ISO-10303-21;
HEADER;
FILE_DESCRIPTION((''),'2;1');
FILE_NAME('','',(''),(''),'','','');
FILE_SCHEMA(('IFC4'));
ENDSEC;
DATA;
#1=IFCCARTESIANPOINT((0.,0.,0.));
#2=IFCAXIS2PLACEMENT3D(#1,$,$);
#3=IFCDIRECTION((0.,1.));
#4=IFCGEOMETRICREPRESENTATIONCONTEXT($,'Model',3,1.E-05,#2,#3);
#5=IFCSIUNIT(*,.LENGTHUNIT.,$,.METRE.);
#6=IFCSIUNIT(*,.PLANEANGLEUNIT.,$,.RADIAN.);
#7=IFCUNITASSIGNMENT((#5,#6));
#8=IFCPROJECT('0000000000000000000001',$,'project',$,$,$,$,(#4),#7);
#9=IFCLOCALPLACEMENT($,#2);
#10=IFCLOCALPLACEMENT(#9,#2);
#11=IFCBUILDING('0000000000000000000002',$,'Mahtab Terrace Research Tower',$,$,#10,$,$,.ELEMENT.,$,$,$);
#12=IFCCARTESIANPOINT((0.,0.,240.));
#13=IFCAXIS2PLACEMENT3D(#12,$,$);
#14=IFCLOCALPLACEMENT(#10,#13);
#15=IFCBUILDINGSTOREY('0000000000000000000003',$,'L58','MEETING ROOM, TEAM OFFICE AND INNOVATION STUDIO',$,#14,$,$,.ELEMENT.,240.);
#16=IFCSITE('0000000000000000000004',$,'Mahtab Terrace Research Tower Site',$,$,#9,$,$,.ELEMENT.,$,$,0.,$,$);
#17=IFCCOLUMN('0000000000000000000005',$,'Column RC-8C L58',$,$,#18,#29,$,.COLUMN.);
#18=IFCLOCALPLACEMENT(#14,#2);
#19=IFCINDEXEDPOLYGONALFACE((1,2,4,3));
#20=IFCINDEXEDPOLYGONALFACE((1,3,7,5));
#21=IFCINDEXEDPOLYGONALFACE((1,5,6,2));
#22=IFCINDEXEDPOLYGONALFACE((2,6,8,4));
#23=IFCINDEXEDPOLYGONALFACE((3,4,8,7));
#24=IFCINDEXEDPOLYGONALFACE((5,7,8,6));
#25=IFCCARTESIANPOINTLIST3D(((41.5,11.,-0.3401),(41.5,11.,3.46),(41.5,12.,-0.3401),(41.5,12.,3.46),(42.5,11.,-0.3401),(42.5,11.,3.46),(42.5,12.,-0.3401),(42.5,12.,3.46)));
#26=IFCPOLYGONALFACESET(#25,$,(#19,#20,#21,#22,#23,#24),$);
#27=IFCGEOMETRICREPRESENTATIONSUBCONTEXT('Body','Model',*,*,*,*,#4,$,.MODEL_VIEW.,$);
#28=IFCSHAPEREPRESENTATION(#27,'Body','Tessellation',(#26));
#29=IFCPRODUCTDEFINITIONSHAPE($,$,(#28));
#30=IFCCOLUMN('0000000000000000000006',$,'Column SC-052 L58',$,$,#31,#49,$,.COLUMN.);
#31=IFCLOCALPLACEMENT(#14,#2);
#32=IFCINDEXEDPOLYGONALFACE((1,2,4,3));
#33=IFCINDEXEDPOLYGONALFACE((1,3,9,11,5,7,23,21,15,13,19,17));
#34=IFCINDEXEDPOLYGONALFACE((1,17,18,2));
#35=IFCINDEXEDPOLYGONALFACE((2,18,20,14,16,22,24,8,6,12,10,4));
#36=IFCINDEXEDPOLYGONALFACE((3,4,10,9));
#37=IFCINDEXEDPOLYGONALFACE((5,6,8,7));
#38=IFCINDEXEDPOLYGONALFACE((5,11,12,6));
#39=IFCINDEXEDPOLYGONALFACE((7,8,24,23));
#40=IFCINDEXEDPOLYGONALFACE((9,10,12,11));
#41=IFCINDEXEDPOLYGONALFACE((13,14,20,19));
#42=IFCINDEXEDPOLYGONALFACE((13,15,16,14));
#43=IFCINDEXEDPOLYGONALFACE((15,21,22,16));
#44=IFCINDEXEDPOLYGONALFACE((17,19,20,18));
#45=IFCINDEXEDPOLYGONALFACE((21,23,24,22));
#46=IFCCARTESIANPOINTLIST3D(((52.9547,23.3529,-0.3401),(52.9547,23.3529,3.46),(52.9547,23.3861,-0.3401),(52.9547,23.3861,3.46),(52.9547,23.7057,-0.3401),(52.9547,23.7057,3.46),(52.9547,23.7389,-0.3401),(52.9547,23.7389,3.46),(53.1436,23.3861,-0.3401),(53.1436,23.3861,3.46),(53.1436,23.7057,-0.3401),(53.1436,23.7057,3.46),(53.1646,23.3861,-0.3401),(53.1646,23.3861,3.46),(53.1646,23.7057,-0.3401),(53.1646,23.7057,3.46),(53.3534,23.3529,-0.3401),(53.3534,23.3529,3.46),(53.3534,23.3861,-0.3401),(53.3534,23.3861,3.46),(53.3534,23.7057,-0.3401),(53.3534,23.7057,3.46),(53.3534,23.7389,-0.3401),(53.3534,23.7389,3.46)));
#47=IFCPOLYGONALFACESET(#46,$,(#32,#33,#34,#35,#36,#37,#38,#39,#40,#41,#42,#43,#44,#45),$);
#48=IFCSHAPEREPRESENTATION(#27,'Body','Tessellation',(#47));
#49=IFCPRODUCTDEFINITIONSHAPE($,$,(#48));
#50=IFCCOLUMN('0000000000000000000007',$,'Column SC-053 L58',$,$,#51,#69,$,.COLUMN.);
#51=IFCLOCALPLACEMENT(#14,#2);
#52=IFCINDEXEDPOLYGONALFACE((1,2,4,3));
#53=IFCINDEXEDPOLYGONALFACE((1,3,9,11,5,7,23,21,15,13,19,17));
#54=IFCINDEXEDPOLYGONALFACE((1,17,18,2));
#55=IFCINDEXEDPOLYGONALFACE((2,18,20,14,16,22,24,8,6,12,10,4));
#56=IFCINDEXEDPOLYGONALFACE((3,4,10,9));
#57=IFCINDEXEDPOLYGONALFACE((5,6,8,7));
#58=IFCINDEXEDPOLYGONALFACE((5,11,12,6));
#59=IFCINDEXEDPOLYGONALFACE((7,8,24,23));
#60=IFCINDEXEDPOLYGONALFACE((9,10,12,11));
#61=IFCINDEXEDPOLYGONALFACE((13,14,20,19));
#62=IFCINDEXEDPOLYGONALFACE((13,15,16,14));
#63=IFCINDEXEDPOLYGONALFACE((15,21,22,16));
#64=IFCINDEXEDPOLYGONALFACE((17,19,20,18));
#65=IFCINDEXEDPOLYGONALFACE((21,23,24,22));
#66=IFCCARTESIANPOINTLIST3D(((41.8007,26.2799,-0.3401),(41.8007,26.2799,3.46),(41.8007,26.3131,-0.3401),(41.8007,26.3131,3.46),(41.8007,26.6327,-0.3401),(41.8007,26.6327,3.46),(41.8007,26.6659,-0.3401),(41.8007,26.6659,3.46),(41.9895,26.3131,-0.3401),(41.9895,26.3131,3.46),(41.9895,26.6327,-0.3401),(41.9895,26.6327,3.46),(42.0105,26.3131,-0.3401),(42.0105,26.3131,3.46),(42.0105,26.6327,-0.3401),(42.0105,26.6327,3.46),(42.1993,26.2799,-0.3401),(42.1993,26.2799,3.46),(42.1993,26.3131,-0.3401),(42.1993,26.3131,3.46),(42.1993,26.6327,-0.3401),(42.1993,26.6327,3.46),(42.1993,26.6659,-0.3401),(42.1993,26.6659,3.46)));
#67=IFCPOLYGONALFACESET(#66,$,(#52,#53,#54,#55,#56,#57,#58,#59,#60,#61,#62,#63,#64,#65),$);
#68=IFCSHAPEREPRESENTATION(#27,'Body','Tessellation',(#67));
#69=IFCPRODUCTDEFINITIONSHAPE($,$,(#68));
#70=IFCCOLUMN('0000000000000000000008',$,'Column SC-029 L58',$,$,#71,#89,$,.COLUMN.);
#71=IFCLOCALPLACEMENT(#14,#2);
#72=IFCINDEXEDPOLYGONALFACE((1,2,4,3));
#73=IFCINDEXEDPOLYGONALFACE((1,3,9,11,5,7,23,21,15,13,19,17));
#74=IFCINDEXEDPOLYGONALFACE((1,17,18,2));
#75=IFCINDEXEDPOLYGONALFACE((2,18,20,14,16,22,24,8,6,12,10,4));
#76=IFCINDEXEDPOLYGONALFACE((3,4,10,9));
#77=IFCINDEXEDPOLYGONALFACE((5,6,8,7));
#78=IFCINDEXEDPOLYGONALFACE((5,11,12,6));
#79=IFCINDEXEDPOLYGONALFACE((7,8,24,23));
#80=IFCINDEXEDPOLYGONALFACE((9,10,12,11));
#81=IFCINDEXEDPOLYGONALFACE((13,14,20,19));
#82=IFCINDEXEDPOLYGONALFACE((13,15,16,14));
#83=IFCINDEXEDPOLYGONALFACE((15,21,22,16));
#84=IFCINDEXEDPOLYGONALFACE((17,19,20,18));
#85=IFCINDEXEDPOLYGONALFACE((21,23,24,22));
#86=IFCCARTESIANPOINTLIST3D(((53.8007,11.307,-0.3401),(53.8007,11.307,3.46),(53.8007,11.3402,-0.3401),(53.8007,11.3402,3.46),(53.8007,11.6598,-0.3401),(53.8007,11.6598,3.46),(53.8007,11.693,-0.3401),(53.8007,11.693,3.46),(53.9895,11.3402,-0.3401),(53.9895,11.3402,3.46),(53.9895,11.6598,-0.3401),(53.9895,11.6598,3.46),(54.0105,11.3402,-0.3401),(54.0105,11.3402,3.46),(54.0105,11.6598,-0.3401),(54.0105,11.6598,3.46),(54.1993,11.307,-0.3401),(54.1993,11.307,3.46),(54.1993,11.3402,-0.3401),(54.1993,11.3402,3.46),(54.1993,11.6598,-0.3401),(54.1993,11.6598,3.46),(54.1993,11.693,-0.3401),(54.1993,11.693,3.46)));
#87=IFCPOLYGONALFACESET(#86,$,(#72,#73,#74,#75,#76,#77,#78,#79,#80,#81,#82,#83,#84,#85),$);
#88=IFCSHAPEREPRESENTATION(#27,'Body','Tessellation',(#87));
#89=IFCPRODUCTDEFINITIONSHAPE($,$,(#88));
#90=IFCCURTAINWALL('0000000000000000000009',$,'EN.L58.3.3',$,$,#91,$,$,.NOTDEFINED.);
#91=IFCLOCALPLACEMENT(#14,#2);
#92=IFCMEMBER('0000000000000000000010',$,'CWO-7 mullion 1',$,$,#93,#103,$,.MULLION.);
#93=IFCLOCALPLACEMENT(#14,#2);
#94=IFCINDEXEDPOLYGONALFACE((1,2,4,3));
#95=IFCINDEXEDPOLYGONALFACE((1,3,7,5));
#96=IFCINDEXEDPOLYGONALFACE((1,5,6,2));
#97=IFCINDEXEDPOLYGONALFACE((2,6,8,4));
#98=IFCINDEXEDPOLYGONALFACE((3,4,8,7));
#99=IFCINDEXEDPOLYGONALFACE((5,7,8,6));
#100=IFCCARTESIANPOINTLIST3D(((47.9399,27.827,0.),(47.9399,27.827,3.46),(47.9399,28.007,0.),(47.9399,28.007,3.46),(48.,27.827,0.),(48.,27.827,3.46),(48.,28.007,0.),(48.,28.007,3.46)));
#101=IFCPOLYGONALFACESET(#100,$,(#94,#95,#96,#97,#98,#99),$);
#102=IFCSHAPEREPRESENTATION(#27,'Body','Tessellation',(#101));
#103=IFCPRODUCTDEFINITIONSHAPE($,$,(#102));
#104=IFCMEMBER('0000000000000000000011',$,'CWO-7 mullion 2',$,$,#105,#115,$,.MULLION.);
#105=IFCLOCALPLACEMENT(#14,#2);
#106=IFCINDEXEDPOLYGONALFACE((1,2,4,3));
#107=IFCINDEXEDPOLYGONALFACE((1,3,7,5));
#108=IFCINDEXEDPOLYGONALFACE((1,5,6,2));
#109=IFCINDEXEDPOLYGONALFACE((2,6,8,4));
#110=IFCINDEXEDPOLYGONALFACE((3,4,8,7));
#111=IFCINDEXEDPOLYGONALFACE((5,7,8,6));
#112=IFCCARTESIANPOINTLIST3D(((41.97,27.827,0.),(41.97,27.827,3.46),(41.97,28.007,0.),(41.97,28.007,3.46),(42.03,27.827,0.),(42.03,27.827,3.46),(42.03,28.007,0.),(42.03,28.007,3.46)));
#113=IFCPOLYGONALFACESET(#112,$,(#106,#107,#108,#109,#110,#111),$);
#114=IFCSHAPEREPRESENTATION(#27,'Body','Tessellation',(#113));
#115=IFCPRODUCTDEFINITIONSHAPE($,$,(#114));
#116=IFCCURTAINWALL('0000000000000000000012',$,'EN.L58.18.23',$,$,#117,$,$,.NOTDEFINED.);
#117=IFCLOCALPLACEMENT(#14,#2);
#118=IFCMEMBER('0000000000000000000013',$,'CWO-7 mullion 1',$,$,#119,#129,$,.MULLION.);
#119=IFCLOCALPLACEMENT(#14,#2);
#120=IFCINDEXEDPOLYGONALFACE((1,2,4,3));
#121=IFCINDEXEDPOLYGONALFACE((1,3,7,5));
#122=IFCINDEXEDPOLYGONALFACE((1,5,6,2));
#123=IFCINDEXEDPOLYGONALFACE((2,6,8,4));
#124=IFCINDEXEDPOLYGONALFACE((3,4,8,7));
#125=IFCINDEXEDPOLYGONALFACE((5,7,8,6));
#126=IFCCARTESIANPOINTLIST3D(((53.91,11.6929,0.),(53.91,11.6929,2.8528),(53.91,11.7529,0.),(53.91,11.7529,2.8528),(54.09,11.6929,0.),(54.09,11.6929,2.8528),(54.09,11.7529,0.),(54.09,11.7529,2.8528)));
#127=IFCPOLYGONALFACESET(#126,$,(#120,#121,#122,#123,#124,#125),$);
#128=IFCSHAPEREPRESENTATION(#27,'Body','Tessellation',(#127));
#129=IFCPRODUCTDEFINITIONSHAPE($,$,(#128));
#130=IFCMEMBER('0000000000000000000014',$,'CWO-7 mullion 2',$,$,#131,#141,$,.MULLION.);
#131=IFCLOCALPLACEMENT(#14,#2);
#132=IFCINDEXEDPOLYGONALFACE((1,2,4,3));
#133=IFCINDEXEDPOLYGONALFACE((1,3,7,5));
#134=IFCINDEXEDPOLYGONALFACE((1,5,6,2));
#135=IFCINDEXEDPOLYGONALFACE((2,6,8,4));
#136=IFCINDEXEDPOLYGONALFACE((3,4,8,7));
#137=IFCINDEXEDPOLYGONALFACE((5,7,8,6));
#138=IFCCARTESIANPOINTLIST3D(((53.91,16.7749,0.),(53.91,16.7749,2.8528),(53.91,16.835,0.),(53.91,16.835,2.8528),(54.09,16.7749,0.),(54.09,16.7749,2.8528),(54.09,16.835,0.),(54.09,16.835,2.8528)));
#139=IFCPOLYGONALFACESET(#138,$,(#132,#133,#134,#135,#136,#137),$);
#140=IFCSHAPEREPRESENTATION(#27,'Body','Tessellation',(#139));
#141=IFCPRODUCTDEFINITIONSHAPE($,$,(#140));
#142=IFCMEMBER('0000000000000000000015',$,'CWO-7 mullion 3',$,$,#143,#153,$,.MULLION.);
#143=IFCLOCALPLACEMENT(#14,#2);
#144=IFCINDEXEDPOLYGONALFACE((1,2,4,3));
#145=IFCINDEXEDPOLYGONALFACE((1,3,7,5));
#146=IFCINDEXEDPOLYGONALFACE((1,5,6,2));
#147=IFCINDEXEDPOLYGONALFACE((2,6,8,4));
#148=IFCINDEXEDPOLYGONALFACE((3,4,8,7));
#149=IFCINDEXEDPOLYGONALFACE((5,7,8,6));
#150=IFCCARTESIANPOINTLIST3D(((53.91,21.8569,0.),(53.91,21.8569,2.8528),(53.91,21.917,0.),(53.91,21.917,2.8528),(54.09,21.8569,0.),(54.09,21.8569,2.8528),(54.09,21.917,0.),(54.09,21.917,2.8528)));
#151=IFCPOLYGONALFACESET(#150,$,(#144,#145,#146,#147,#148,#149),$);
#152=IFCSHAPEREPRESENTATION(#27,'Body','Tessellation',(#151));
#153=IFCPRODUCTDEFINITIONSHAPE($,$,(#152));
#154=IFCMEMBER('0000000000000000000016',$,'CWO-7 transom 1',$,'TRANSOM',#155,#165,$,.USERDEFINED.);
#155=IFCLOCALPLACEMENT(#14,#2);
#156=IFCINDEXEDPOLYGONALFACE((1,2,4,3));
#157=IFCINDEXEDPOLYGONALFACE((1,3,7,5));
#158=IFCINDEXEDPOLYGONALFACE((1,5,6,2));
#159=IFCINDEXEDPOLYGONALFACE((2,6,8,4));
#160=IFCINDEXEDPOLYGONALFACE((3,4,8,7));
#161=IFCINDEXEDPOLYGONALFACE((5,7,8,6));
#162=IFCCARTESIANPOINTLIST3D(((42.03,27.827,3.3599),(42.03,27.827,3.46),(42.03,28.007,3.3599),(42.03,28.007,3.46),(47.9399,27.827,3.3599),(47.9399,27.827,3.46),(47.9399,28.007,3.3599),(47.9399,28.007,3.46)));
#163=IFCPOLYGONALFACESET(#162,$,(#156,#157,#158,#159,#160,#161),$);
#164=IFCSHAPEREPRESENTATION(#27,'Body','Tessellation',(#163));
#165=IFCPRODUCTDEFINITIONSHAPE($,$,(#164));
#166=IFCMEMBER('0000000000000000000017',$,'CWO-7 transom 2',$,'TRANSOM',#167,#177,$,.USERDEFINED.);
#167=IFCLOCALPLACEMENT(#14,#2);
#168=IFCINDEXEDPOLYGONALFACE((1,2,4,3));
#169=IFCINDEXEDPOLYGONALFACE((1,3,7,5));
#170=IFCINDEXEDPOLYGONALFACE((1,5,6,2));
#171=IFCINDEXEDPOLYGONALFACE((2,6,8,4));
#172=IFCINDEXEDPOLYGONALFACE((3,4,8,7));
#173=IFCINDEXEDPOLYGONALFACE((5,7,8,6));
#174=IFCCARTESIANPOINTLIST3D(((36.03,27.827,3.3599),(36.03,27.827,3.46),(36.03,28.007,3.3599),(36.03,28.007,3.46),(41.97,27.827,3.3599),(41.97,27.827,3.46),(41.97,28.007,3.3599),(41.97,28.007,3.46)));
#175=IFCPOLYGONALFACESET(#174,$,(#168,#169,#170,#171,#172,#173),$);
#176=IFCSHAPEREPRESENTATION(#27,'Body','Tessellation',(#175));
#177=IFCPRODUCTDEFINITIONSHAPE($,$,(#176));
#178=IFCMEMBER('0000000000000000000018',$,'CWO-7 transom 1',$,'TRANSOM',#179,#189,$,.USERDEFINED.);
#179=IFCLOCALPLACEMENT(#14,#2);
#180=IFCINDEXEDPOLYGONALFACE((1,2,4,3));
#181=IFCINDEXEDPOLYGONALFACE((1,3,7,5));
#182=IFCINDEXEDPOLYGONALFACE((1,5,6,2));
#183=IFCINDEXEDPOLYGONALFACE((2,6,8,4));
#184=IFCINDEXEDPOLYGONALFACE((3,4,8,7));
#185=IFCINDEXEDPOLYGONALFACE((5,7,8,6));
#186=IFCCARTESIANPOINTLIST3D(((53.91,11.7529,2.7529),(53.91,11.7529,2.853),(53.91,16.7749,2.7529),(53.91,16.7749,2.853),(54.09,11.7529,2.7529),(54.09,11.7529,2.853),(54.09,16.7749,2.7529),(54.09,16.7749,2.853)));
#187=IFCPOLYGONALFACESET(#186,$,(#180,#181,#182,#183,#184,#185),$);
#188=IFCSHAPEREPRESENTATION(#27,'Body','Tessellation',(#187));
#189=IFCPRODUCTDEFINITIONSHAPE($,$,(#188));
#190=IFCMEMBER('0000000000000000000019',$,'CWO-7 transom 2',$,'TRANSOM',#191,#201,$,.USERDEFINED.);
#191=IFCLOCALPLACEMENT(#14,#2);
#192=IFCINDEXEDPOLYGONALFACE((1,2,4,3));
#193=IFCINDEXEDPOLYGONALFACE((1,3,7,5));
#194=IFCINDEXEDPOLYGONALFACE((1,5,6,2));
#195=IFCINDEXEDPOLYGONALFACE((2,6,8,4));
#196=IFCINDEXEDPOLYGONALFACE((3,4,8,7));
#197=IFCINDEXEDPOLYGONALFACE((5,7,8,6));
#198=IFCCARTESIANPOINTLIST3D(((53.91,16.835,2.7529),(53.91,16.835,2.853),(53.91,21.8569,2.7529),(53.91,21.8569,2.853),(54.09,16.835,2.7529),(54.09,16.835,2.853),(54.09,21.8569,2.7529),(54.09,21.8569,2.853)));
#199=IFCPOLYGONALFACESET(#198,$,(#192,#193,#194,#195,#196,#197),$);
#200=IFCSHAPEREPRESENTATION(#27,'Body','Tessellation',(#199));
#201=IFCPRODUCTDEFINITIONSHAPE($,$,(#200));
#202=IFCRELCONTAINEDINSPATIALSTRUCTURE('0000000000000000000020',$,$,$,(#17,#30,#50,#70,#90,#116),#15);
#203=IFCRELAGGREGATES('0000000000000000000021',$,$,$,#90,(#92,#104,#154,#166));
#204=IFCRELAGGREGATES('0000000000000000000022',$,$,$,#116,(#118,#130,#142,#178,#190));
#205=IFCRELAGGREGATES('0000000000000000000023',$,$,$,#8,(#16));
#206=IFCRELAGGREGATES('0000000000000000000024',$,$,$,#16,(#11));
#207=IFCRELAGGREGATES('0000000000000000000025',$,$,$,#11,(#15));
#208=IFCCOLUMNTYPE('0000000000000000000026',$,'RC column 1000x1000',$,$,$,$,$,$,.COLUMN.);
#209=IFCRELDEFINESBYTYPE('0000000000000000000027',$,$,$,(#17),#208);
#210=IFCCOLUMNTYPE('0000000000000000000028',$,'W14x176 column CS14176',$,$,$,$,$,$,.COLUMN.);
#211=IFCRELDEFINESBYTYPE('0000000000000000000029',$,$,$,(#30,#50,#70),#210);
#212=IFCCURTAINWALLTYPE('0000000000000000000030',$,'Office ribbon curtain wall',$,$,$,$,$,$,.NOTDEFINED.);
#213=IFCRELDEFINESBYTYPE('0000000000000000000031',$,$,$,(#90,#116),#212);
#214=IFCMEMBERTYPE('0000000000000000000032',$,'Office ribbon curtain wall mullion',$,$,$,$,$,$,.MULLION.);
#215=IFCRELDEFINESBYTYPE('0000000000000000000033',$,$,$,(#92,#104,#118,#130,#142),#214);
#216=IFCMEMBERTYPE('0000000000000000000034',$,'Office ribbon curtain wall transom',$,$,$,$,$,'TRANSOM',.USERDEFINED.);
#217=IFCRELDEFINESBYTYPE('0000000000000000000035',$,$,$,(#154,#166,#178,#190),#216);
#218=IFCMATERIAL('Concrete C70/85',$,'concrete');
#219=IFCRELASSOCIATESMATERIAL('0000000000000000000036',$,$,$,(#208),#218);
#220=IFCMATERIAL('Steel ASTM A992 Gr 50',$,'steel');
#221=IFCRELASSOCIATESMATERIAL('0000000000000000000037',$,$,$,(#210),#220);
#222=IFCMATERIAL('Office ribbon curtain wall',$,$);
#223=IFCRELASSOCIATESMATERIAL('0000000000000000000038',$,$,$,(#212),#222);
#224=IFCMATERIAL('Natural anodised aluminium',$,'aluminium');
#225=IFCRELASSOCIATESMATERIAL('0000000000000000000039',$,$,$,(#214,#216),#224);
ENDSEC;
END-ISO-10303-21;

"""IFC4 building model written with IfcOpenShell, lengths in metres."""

from ifc_helpers import new_model, si_unit, direction, frame, origin, origin_2d, place, context, subcontext, project, spatial, rectangle, i_section, extrude, material, material_profile, profile_set, type_object, element, aggregate, save


model = new_model("IFC4")

# Units and contexts
model_context = context("Model", 3, precision=1e-05, world=origin(), true_north=direction((0.0, 1.0)))
body_context = subcontext(model_context, "Body", "Model", "MODEL_VIEW")
ifc_project = project(units=[si_unit("LENGTHUNIT", "METRE"), si_unit("PLANEANGLEUNIT", "RADIAN")], contexts=[model_context])

# Site, building, storey
site_placement = place(None, origin())
site = spatial("IfcSite", under=ifc_project, at=site_placement, Name="Mahtab Terrace Research Tower Site", CompositionType="ELEMENT", RefElevation=0.0)
building_placement = place(site_placement, origin())
building = spatial("IfcBuilding", under=site, at=building_placement, Name="Mahtab Terrace Research Tower", CompositionType="ELEMENT")
storey_placement = place(building_placement, frame((0.0, 0.0, 240.0)))
storey = spatial("IfcBuildingStorey", under=building, at=storey_placement, Name="L58", Description="MEETING ROOM, TEAM OFFICE AND INNOVATION STUDIO", CompositionType="ELEMENT", Elevation=240.0)

# Columns
ifc_material_1 = material(Name="Concrete C70/85", Category="concrete")
ifc_material_profile_1 = material_profile(ifc_material_1, rectangle(XDim=1.0, YDim=1.0, at=origin_2d()), Name="RC column 1000x1000")
ifc_profile_set_1 = profile_set([ifc_material_profile_1], Name="Concrete C70/85")
column_type_1 = type_object("IfcColumnType", Name="RC column 1000x1000", PredefinedType="COLUMN", material=ifc_profile_set_1)
column_placement = place(storey_placement, frame((42.0, 11.5, -0.3401), z_axis=(0.0, 0.0, 1.0), x_axis=(1.0, 0.0, 0.0)))
element("IfcColumn", 1, at=column_placement, inside=storey, type_object=column_type_1, Name="Column RC-8C L58", PredefinedType="COLUMN", context=body_context, shape_type="SweptSolid", body=[
    extrude(rectangle(XDim=1.0, YDim=1.0, at=origin_2d()), origin(), (0.0, 0.0, 1.0), 3.8),
])
ifc_material_2 = material(Name="Steel ASTM A992 Gr 50", Category="steel")
ifc_material_profile_2 = material_profile(ifc_material_2, i_section(OverallWidth=0.3987, OverallDepth=0.386, WebThickness=0.021, FlangeThickness=0.0332, at=origin_2d()), Name="W14X176")
ifc_profile_set_2 = profile_set([ifc_material_profile_2], Name="Steel ASTM A992 Gr 50")
column_type_2 = type_object("IfcColumnType", Name="W14x176 column CS14176", PredefinedType="COLUMN", material=ifc_profile_set_2)
for number, where, z_axis, x_axis, name in (
    (2, (53.1541, 23.5459, -0.3401), (0.0, 0.0, 1.0), (1.0, 0.0, 0.0), "Column SC-052 L58"),
    (3, (42.0, 26.4729, -0.3401), (0.0, 0.0, 1.0), (1.0, 0.0, 0.0), "Column SC-053 L58"),
    (4, (54.0, 11.5, -0.3401), (0.0, 0.0, 1.0), (1.0, 0.0, 0.0), "Column SC-029 L58"),
):
    element("IfcColumn", number, at=place(storey_placement, frame(where, z_axis=z_axis, x_axis=x_axis)), inside=storey, type_object=column_type_2, Name=name, PredefinedType="COLUMN", context=body_context, shape_type="SweptSolid", body=[
        extrude(i_section(OverallWidth=0.3987, OverallDepth=0.386, WebThickness=0.021, FlangeThickness=0.0332, at=origin_2d()), origin(), (0.0, 0.0, 1.0), 3.8),
    ])

# Curtain walls, members
ifc_material_3 = material(Name="Office ribbon curtain wall")
curtain_wall_type = type_object("IfcCurtainWallType", Name="Office ribbon curtain wall", PredefinedType="NOTDEFINED", material=ifc_material_3)
curtain_wall_1_placement = place(storey_placement, origin())
curtain_wall_1 = element("IfcCurtainWall", 5, at=curtain_wall_1_placement, inside=storey, type_object=curtain_wall_type, Name="EN.L58.3.3", PredefinedType="NOTDEFINED")
ifc_material_4 = material(Name="Natural anodised aluminium", Category="aluminium")
ifc_material_profile_3 = material_profile(ifc_material_4, rectangle(XDim=0.1799, YDim=0.0601, at=origin_2d()), Name="MULLION 60x180")
ifc_profile_set_3 = profile_set([ifc_material_profile_3], Name="Natural anodised aluminium")
member_type_1 = type_object("IfcMemberType", Name="Office ribbon curtain wall mullion", PredefinedType="MULLION", material=ifc_profile_set_3)
member_1_placement = place(storey_placement, frame((47.97, 27.917, 0.0), z_axis=(0.0, 0.0, 1.0), x_axis=(0.0, -1.0, 0.0)))
member_1 = element("IfcMember", 6, at=member_1_placement, type_object=member_type_1, Name="CWO-7 mullion 1", PredefinedType="MULLION", context=body_context, shape_type="SweptSolid", body=[
    extrude(rectangle(XDim=0.1799, YDim=0.0601, at=origin_2d()), origin(), (0.0, 0.0, 1.0), 3.46),
])
member_2_placement = place(storey_placement, frame((42.0, 27.917, 0.0), z_axis=(0.0, 0.0, 1.0), x_axis=(0.0, -1.0, 0.0)))
member_2 = element("IfcMember", 7, at=member_2_placement, type_object=member_type_1, Name="CWO-7 mullion 2", PredefinedType="MULLION", context=body_context, shape_type="SweptSolid", body=[
    extrude(rectangle(XDim=0.1799, YDim=0.0601, at=origin_2d()), origin(), (0.0, 0.0, 1.0), 3.46),
])
curtain_wall_2_placement = place(storey_placement, origin())
curtain_wall_2 = element("IfcCurtainWall", 8, at=curtain_wall_2_placement, inside=storey, type_object=curtain_wall_type, Name="EN.L58.18.23", PredefinedType="NOTDEFINED")
member_3_placement = place(storey_placement, frame((54.0, 11.7229, 0.0), z_axis=(0.0, 0.0, 1.0), x_axis=(-1.0, 0.0, 0.0)))
member_3 = element("IfcMember", 9, at=member_3_placement, type_object=member_type_1, Name="CWO-7 mullion 1", PredefinedType="MULLION", context=body_context, shape_type="SweptSolid", body=[
    extrude(rectangle(XDim=0.1799, YDim=0.0601, at=origin_2d()), origin(), (0.0, 0.0, 1.0), 2.8528),
])
member_4_placement = place(storey_placement, frame((54.0, 16.8049, 0.0), z_axis=(0.0, 0.0, 1.0), x_axis=(-1.0, 0.0, 0.0)))
member_4 = element("IfcMember", 10, at=member_4_placement, type_object=member_type_1, Name="CWO-7 mullion 2", PredefinedType="MULLION", context=body_context, shape_type="SweptSolid", body=[
    extrude(rectangle(XDim=0.1799, YDim=0.0601, at=origin_2d()), origin(), (0.0, 0.0, 1.0), 2.8528),
])
member_5_placement = place(storey_placement, frame((54.0, 21.887, 0.0), z_axis=(0.0, 0.0, 1.0), x_axis=(-1.0, 0.0, 0.0)))
member_5 = element("IfcMember", 11, at=member_5_placement, type_object=member_type_1, Name="CWO-7 mullion 3", PredefinedType="MULLION", context=body_context, shape_type="SweptSolid", body=[
    extrude(rectangle(XDim=0.1799, YDim=0.0601, at=origin_2d()), origin(), (0.0, 0.0, 1.0), 2.8528),
])

# Members
ifc_material_profile_4 = material_profile(ifc_material_4, rectangle(XDim=0.1799, YDim=0.1001, at=origin_2d()), Name="TRANSOM 100x180")
ifc_profile_set_4 = profile_set([ifc_material_profile_4], Name="Natural anodised aluminium")
member_type_2 = type_object("IfcMemberType", Name="Office ribbon curtain wall transom", ElementType="TRANSOM", PredefinedType="USERDEFINED", material=ifc_profile_set_4)
member_6_placement = place(storey_placement, frame((47.9399, 27.917, 3.4099), z_axis=(-1.0, 0.0, 0.0), x_axis=(0.0, -1.0, 0.0)))
member_6 = element("IfcMember", 12, at=member_6_placement, type_object=member_type_2, Name="CWO-7 transom 1", ObjectType="TRANSOM", PredefinedType="USERDEFINED", context=body_context, shape_type="SweptSolid", body=[
    extrude(rectangle(XDim=0.1799, YDim=0.1001, at=origin_2d()), origin(), (0.0, 0.0, 1.0), 5.9099),
])
member_7_placement = place(storey_placement, frame((41.97, 27.917, 3.4099), z_axis=(-1.0, 0.0, 0.0), x_axis=(0.0, -1.0, 0.0)))
member_7 = element("IfcMember", 13, at=member_7_placement, type_object=member_type_2, Name="CWO-7 transom 2", ObjectType="TRANSOM", PredefinedType="USERDEFINED", context=body_context, shape_type="SweptSolid", body=[
    extrude(rectangle(XDim=0.1799, YDim=0.1001, at=origin_2d()), origin(), (0.0, 0.0, 1.0), 5.9399),
])
member_8_placement = place(storey_placement, frame((54.0, 11.7529, 2.803), z_axis=(0.0, 1.0, 0.0), x_axis=(-1.0, 0.0, 0.0)))
member_8 = element("IfcMember", 14, at=member_8_placement, type_object=member_type_2, Name="CWO-7 transom 1", ObjectType="TRANSOM", PredefinedType="USERDEFINED", context=body_context, shape_type="SweptSolid", body=[
    extrude(rectangle(XDim=0.1799, YDim=0.1001, at=origin_2d()), origin(), (0.0, 0.0, 1.0), 5.022),
])
member_9_placement = place(storey_placement, frame((54.0, 16.835, 2.803), z_axis=(0.0, 1.0, 0.0), x_axis=(-1.0, 0.0, 0.0)))
member_9 = element("IfcMember", 15, at=member_9_placement, type_object=member_type_2, Name="CWO-7 transom 2", ObjectType="TRANSOM", PredefinedType="USERDEFINED", context=body_context, shape_type="SweptSolid", body=[
    extrude(rectangle(XDim=0.1799, YDim=0.1001, at=origin_2d()), origin(), (0.0, 0.0, 1.0), 5.022),
])

aggregate(curtain_wall_1, [member_1, member_2, member_6, member_7])
aggregate(curtain_wall_2, [member_3, member_4, member_5, member_8, member_9])

save(model, "model.ifc")
